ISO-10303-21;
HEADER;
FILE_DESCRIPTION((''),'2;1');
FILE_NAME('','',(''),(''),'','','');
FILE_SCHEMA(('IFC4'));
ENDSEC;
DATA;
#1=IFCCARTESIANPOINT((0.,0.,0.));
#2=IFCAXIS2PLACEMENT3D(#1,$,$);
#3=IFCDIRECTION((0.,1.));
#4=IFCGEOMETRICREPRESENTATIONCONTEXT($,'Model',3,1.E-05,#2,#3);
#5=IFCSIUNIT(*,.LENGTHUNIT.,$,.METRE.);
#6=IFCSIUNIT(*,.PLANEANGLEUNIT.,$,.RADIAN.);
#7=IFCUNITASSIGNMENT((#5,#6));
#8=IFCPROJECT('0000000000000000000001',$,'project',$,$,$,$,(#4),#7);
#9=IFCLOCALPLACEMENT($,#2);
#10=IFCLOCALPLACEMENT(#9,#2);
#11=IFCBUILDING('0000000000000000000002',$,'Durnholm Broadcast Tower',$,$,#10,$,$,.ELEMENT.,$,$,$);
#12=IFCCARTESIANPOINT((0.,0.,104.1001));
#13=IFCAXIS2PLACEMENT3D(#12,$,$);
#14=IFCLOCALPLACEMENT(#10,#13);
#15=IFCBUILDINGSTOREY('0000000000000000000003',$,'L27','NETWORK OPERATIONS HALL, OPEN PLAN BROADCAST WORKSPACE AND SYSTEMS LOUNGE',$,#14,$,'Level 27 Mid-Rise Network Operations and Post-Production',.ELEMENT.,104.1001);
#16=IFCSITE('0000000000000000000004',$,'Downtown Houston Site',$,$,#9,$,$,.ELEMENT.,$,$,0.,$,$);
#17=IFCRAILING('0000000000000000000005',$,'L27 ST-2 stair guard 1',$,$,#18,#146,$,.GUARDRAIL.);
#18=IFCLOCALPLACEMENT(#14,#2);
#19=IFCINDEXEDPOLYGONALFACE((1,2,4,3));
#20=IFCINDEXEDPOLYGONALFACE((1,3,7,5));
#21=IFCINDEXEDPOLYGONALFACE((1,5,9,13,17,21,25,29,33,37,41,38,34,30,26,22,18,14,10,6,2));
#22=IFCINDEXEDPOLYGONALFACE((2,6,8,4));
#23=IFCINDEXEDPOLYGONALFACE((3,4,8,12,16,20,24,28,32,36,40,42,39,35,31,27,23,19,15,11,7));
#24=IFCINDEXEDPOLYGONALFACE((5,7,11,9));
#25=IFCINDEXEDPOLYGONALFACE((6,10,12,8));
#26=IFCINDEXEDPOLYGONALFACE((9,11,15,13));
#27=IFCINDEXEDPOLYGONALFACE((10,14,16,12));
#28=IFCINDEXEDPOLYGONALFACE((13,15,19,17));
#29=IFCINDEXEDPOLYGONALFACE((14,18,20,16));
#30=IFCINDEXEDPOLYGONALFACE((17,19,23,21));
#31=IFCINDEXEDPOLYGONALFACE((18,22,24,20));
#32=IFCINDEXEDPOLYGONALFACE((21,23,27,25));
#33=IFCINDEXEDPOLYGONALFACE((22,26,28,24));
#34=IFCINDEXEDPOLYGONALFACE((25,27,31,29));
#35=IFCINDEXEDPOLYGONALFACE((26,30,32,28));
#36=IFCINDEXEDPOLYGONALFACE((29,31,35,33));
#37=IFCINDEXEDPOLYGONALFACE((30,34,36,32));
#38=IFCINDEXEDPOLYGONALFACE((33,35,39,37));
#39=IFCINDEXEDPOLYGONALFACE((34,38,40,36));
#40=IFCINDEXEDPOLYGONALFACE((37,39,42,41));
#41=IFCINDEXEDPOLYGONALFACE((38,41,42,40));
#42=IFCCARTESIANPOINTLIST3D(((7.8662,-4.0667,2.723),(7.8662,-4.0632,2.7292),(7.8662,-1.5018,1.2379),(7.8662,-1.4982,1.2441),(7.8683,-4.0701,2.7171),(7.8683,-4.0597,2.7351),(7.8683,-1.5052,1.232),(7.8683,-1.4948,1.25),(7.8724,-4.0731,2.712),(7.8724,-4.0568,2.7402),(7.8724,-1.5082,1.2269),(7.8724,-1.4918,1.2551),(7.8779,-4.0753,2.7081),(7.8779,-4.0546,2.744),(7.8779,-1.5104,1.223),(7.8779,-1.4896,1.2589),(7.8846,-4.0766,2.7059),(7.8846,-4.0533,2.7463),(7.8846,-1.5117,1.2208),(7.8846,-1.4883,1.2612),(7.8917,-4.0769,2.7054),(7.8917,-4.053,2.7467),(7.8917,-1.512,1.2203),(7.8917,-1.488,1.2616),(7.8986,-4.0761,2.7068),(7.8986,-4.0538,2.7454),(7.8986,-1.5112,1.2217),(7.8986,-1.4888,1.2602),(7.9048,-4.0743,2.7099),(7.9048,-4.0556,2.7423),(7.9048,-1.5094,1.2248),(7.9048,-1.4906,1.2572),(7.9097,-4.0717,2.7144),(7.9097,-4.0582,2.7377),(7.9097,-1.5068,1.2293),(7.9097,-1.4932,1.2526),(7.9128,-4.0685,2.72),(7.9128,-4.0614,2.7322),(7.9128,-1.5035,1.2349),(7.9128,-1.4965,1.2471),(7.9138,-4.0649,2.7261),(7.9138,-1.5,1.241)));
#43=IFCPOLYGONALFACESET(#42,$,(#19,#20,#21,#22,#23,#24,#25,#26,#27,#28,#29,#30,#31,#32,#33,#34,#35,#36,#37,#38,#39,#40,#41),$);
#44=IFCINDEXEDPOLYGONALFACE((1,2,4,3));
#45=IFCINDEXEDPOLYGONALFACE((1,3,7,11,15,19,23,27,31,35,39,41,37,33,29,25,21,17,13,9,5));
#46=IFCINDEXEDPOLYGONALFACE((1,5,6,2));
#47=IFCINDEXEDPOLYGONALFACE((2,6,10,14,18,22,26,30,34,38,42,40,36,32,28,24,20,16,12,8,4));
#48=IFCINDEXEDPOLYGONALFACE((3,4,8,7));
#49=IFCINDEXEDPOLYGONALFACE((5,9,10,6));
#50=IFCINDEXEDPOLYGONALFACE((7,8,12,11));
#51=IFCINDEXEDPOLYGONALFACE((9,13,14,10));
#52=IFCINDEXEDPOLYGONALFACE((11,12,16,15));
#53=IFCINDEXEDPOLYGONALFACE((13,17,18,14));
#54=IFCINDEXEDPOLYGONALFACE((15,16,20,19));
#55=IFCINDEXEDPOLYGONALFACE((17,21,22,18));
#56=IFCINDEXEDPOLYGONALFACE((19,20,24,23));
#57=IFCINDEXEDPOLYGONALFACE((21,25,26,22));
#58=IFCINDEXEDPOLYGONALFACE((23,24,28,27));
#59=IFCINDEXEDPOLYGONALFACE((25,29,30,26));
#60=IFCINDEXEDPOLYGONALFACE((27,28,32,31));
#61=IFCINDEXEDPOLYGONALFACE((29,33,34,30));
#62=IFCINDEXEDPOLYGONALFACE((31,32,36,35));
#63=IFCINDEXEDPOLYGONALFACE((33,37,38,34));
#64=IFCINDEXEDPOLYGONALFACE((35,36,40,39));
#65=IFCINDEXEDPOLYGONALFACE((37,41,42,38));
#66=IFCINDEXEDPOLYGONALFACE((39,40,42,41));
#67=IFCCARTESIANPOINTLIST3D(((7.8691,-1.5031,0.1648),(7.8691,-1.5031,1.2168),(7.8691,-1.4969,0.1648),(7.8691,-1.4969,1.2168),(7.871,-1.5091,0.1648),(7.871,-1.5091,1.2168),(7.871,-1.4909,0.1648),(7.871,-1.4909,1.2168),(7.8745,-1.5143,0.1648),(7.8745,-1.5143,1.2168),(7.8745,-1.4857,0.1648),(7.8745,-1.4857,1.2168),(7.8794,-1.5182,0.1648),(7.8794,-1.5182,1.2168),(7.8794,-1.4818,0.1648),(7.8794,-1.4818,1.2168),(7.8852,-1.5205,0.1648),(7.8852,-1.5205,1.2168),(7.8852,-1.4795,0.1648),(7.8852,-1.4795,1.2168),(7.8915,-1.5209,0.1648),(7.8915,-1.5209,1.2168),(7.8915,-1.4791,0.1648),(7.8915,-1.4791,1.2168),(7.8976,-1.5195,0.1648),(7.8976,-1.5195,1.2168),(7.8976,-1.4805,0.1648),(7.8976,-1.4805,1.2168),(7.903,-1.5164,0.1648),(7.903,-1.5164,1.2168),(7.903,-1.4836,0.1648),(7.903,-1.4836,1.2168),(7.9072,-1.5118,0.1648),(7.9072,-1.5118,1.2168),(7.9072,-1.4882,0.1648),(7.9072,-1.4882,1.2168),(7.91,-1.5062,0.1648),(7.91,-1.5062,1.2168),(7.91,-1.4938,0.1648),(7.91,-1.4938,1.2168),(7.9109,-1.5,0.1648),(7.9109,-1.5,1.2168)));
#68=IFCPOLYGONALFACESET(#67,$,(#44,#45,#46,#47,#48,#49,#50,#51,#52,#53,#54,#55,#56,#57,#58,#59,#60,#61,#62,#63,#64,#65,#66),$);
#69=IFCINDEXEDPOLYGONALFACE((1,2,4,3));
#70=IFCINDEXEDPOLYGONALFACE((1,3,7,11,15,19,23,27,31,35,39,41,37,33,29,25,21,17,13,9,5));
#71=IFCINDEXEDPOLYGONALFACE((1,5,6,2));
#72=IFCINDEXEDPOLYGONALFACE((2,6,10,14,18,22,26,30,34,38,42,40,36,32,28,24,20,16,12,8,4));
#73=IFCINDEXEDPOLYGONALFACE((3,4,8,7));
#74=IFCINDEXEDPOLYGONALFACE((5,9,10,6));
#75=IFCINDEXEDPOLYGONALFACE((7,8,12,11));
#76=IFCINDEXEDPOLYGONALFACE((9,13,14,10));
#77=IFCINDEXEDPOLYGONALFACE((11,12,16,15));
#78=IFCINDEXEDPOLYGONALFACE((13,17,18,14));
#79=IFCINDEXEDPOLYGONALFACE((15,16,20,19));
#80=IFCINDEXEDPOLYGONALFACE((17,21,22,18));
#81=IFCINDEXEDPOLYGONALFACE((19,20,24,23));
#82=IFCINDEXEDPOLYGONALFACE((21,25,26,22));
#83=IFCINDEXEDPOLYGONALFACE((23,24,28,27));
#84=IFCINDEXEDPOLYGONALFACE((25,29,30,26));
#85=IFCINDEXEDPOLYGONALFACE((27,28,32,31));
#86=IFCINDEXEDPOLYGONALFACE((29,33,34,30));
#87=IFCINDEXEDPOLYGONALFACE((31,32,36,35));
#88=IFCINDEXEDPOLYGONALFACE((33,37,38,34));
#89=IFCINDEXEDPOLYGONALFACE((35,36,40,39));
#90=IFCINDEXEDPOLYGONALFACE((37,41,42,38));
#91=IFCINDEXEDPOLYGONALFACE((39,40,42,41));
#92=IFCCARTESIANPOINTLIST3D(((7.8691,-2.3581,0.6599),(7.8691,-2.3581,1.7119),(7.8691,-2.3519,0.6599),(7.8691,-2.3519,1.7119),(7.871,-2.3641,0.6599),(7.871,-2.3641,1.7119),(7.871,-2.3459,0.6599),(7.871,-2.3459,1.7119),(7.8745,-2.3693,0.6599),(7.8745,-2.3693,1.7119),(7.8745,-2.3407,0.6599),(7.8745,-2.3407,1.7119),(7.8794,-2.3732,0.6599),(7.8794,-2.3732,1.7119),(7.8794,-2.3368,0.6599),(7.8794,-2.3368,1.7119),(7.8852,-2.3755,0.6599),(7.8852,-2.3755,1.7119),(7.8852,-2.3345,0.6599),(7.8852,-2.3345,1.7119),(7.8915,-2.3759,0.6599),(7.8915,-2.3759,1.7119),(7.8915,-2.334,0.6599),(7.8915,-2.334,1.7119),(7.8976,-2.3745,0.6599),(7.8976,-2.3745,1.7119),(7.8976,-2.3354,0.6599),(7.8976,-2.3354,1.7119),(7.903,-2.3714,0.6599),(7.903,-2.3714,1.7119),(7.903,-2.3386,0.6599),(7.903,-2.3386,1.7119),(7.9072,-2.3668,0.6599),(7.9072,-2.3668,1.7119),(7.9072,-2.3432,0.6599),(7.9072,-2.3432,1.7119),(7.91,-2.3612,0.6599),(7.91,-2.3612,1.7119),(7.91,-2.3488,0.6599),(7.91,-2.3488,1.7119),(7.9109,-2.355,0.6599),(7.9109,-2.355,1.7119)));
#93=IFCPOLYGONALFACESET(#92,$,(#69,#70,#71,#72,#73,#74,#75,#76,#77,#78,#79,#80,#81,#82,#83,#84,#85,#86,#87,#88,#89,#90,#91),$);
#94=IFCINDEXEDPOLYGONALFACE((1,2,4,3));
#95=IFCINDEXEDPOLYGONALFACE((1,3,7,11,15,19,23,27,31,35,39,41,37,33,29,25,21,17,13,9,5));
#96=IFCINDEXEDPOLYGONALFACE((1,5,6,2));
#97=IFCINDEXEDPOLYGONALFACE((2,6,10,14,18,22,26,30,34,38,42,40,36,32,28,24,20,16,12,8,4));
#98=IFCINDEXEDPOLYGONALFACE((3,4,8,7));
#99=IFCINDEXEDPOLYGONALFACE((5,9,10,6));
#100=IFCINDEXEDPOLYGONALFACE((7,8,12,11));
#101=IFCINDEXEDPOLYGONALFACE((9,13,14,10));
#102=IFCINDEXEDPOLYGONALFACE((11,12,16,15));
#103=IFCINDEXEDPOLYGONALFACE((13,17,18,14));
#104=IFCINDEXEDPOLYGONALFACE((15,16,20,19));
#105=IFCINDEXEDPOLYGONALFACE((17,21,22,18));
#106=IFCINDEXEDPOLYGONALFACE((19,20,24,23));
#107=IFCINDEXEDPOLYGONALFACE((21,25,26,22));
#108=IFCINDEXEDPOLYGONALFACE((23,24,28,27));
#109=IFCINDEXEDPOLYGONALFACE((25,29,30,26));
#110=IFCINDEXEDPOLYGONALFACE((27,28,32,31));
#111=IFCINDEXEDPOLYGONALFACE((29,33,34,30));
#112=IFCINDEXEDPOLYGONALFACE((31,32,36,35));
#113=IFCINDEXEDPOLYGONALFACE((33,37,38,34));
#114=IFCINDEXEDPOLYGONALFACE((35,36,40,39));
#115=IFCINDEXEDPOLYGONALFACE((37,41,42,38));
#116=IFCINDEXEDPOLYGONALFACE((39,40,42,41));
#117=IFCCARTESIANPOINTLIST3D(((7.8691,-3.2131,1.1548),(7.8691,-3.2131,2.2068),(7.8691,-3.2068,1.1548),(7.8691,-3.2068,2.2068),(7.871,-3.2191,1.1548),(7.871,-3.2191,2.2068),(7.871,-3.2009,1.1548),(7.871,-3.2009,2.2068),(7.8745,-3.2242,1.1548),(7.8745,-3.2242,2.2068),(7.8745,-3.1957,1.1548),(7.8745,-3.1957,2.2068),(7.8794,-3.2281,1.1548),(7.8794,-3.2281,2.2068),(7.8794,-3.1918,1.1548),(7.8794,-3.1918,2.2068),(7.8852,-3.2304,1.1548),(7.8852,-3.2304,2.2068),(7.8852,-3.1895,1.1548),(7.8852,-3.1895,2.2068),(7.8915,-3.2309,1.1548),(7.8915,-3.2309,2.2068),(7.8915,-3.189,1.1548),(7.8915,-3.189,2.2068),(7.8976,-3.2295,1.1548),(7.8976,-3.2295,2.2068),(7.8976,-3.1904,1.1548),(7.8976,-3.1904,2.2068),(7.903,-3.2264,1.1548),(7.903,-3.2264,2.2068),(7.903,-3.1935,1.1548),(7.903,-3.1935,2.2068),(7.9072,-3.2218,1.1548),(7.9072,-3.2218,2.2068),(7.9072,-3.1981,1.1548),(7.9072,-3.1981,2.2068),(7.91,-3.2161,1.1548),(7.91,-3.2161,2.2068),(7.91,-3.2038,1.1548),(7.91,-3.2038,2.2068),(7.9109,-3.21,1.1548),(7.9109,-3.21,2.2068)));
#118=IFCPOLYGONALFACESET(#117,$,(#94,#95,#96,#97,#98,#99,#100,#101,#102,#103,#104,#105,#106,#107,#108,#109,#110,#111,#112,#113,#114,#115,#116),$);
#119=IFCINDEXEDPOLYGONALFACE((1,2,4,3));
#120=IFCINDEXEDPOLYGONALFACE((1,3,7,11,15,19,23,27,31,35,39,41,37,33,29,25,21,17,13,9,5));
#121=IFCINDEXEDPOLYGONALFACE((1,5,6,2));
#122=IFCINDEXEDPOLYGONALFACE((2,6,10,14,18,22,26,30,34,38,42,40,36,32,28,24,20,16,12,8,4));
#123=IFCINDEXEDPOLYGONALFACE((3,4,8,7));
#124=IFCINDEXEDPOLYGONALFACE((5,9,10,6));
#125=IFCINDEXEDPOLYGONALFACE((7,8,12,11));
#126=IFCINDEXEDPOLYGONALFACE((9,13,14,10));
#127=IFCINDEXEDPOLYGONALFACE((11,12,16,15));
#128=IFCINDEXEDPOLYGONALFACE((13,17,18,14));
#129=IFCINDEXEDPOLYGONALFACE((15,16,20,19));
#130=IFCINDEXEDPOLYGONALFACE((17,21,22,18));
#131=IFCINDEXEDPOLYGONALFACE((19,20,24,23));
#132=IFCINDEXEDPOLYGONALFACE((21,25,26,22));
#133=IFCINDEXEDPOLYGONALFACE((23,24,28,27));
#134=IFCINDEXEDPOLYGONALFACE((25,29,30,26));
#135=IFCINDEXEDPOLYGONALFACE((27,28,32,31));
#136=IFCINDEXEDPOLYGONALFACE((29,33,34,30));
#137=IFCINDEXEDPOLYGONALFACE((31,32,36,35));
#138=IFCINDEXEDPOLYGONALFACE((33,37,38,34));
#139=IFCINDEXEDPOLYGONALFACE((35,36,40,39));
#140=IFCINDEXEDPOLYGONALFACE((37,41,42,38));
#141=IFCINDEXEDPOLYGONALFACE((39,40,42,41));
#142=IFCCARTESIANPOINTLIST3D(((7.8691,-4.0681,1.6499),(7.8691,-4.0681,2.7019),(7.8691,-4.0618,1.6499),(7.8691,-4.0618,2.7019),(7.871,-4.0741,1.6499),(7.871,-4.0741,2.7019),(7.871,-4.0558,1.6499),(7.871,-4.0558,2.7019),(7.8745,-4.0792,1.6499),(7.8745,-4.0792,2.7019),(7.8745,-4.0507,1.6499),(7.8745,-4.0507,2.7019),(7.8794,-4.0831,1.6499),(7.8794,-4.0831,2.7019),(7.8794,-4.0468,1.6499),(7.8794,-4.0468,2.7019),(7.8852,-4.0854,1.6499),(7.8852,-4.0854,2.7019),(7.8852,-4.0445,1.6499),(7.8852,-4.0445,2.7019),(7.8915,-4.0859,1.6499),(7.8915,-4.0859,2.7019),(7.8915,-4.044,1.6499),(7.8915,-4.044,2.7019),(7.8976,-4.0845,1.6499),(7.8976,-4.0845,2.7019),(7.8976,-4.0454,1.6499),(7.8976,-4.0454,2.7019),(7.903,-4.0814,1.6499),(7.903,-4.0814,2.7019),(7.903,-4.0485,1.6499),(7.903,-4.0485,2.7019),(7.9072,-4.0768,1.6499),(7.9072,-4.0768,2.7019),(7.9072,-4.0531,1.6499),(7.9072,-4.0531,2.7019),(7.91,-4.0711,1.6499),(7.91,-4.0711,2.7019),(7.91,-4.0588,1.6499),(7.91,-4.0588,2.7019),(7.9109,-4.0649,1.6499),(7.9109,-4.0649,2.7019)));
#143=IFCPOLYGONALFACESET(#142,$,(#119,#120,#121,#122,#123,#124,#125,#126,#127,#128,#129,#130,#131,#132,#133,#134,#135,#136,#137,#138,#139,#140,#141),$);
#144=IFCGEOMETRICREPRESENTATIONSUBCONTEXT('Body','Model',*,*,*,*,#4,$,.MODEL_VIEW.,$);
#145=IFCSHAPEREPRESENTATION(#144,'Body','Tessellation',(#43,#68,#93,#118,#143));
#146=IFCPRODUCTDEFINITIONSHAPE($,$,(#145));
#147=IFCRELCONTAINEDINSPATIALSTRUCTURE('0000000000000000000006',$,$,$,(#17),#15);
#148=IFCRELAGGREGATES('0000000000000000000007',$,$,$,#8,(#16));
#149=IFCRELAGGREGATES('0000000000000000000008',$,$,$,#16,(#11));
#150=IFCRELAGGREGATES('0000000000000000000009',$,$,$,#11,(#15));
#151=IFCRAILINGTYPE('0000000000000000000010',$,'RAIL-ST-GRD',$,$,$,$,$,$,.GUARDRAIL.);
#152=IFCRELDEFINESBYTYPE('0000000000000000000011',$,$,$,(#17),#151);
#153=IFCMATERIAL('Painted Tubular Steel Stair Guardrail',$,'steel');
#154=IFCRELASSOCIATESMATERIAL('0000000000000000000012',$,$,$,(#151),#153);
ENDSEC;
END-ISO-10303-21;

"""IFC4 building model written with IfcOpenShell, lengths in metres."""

from ifc_helpers import new_model, si_unit, direction, frame, origin, origin_2d, place, context, subcontext, project, spatial, circle, extrude, material, type_object, element, save


model = new_model("IFC4")

# Units and contexts
model_context = context("Model", 3, precision=1e-05, world=origin(), true_north=direction((0.0, 1.0)))
body_context = subcontext(model_context, "Body", "Model", "MODEL_VIEW")
ifc_project = project(units=[si_unit("LENGTHUNIT", "METRE"), si_unit("PLANEANGLEUNIT", "RADIAN")], contexts=[model_context])

# Site, building, storey
site_placement = place(None, origin())
site = spatial("IfcSite", under=ifc_project, at=site_placement, Name="Downtown Houston Site", CompositionType="ELEMENT", RefElevation=0.0)
building_placement = place(site_placement, origin())
building = spatial("IfcBuilding", under=site, at=building_placement, Name="Durnholm Broadcast Tower", CompositionType="ELEMENT")
storey_placement = place(building_placement, frame((0.0, 0.0, 104.1001)))
storey = spatial("IfcBuildingStorey", under=building, at=storey_placement, Name="L27", Description="NETWORK OPERATIONS HALL, OPEN PLAN BROADCAST WORKSPACE AND SYSTEMS LOUNGE", LongName="Level 27 Mid-Rise Network Operations and Post-Production", CompositionType="ELEMENT", Elevation=104.1001)

# Railing
ifc_material_1 = material(Name="Painted Tubular Steel Stair Guardrail", Category="steel")
railing_type_1 = type_object("IfcRailingType", Name="RAIL-ST-GRD", PredefinedType="GUARDRAIL", material=ifc_material_1)
railing_1_placement = place(storey_placement, frame((7.8899, -1.5, 0.1648)))
element("IfcRailing", 1, at=railing_1_placement, inside=storey, type_object=railing_type_1, Name="L27 ST-2 stair guard 1", PredefinedType="GUARDRAIL", context=body_context, shape_type="SweptSolid", body=[
    extrude(circle(Radius=0.0239, at=origin_2d()), frame((0.0, 0.0, 1.0762), z_axis=(0.0, -0.865406, 0.501072), x_axis=(1.0, 0.0, 0.0)), (0.0, 0.0, 1.0), 2.9639),
    extrude(circle(Radius=0.021, at=origin_2d()), origin(), (0.0, 0.0, 1.0), 1.052),
    extrude(circle(Radius=0.021, at=origin_2d()), frame((0.0, -0.855, 0.4951)), (0.0, 0.0, 1.0), 1.052),
    extrude(circle(Radius=0.021, at=origin_2d()), frame((0.0, -1.71, 0.99)), (0.0, 0.0, 1.0), 1.052),
    extrude(circle(Radius=0.021, at=origin_2d()), frame((0.0, -2.5649, 1.4851)), (0.0, 0.0, 1.0), 1.052),
])

save(model, "model.ifc")
